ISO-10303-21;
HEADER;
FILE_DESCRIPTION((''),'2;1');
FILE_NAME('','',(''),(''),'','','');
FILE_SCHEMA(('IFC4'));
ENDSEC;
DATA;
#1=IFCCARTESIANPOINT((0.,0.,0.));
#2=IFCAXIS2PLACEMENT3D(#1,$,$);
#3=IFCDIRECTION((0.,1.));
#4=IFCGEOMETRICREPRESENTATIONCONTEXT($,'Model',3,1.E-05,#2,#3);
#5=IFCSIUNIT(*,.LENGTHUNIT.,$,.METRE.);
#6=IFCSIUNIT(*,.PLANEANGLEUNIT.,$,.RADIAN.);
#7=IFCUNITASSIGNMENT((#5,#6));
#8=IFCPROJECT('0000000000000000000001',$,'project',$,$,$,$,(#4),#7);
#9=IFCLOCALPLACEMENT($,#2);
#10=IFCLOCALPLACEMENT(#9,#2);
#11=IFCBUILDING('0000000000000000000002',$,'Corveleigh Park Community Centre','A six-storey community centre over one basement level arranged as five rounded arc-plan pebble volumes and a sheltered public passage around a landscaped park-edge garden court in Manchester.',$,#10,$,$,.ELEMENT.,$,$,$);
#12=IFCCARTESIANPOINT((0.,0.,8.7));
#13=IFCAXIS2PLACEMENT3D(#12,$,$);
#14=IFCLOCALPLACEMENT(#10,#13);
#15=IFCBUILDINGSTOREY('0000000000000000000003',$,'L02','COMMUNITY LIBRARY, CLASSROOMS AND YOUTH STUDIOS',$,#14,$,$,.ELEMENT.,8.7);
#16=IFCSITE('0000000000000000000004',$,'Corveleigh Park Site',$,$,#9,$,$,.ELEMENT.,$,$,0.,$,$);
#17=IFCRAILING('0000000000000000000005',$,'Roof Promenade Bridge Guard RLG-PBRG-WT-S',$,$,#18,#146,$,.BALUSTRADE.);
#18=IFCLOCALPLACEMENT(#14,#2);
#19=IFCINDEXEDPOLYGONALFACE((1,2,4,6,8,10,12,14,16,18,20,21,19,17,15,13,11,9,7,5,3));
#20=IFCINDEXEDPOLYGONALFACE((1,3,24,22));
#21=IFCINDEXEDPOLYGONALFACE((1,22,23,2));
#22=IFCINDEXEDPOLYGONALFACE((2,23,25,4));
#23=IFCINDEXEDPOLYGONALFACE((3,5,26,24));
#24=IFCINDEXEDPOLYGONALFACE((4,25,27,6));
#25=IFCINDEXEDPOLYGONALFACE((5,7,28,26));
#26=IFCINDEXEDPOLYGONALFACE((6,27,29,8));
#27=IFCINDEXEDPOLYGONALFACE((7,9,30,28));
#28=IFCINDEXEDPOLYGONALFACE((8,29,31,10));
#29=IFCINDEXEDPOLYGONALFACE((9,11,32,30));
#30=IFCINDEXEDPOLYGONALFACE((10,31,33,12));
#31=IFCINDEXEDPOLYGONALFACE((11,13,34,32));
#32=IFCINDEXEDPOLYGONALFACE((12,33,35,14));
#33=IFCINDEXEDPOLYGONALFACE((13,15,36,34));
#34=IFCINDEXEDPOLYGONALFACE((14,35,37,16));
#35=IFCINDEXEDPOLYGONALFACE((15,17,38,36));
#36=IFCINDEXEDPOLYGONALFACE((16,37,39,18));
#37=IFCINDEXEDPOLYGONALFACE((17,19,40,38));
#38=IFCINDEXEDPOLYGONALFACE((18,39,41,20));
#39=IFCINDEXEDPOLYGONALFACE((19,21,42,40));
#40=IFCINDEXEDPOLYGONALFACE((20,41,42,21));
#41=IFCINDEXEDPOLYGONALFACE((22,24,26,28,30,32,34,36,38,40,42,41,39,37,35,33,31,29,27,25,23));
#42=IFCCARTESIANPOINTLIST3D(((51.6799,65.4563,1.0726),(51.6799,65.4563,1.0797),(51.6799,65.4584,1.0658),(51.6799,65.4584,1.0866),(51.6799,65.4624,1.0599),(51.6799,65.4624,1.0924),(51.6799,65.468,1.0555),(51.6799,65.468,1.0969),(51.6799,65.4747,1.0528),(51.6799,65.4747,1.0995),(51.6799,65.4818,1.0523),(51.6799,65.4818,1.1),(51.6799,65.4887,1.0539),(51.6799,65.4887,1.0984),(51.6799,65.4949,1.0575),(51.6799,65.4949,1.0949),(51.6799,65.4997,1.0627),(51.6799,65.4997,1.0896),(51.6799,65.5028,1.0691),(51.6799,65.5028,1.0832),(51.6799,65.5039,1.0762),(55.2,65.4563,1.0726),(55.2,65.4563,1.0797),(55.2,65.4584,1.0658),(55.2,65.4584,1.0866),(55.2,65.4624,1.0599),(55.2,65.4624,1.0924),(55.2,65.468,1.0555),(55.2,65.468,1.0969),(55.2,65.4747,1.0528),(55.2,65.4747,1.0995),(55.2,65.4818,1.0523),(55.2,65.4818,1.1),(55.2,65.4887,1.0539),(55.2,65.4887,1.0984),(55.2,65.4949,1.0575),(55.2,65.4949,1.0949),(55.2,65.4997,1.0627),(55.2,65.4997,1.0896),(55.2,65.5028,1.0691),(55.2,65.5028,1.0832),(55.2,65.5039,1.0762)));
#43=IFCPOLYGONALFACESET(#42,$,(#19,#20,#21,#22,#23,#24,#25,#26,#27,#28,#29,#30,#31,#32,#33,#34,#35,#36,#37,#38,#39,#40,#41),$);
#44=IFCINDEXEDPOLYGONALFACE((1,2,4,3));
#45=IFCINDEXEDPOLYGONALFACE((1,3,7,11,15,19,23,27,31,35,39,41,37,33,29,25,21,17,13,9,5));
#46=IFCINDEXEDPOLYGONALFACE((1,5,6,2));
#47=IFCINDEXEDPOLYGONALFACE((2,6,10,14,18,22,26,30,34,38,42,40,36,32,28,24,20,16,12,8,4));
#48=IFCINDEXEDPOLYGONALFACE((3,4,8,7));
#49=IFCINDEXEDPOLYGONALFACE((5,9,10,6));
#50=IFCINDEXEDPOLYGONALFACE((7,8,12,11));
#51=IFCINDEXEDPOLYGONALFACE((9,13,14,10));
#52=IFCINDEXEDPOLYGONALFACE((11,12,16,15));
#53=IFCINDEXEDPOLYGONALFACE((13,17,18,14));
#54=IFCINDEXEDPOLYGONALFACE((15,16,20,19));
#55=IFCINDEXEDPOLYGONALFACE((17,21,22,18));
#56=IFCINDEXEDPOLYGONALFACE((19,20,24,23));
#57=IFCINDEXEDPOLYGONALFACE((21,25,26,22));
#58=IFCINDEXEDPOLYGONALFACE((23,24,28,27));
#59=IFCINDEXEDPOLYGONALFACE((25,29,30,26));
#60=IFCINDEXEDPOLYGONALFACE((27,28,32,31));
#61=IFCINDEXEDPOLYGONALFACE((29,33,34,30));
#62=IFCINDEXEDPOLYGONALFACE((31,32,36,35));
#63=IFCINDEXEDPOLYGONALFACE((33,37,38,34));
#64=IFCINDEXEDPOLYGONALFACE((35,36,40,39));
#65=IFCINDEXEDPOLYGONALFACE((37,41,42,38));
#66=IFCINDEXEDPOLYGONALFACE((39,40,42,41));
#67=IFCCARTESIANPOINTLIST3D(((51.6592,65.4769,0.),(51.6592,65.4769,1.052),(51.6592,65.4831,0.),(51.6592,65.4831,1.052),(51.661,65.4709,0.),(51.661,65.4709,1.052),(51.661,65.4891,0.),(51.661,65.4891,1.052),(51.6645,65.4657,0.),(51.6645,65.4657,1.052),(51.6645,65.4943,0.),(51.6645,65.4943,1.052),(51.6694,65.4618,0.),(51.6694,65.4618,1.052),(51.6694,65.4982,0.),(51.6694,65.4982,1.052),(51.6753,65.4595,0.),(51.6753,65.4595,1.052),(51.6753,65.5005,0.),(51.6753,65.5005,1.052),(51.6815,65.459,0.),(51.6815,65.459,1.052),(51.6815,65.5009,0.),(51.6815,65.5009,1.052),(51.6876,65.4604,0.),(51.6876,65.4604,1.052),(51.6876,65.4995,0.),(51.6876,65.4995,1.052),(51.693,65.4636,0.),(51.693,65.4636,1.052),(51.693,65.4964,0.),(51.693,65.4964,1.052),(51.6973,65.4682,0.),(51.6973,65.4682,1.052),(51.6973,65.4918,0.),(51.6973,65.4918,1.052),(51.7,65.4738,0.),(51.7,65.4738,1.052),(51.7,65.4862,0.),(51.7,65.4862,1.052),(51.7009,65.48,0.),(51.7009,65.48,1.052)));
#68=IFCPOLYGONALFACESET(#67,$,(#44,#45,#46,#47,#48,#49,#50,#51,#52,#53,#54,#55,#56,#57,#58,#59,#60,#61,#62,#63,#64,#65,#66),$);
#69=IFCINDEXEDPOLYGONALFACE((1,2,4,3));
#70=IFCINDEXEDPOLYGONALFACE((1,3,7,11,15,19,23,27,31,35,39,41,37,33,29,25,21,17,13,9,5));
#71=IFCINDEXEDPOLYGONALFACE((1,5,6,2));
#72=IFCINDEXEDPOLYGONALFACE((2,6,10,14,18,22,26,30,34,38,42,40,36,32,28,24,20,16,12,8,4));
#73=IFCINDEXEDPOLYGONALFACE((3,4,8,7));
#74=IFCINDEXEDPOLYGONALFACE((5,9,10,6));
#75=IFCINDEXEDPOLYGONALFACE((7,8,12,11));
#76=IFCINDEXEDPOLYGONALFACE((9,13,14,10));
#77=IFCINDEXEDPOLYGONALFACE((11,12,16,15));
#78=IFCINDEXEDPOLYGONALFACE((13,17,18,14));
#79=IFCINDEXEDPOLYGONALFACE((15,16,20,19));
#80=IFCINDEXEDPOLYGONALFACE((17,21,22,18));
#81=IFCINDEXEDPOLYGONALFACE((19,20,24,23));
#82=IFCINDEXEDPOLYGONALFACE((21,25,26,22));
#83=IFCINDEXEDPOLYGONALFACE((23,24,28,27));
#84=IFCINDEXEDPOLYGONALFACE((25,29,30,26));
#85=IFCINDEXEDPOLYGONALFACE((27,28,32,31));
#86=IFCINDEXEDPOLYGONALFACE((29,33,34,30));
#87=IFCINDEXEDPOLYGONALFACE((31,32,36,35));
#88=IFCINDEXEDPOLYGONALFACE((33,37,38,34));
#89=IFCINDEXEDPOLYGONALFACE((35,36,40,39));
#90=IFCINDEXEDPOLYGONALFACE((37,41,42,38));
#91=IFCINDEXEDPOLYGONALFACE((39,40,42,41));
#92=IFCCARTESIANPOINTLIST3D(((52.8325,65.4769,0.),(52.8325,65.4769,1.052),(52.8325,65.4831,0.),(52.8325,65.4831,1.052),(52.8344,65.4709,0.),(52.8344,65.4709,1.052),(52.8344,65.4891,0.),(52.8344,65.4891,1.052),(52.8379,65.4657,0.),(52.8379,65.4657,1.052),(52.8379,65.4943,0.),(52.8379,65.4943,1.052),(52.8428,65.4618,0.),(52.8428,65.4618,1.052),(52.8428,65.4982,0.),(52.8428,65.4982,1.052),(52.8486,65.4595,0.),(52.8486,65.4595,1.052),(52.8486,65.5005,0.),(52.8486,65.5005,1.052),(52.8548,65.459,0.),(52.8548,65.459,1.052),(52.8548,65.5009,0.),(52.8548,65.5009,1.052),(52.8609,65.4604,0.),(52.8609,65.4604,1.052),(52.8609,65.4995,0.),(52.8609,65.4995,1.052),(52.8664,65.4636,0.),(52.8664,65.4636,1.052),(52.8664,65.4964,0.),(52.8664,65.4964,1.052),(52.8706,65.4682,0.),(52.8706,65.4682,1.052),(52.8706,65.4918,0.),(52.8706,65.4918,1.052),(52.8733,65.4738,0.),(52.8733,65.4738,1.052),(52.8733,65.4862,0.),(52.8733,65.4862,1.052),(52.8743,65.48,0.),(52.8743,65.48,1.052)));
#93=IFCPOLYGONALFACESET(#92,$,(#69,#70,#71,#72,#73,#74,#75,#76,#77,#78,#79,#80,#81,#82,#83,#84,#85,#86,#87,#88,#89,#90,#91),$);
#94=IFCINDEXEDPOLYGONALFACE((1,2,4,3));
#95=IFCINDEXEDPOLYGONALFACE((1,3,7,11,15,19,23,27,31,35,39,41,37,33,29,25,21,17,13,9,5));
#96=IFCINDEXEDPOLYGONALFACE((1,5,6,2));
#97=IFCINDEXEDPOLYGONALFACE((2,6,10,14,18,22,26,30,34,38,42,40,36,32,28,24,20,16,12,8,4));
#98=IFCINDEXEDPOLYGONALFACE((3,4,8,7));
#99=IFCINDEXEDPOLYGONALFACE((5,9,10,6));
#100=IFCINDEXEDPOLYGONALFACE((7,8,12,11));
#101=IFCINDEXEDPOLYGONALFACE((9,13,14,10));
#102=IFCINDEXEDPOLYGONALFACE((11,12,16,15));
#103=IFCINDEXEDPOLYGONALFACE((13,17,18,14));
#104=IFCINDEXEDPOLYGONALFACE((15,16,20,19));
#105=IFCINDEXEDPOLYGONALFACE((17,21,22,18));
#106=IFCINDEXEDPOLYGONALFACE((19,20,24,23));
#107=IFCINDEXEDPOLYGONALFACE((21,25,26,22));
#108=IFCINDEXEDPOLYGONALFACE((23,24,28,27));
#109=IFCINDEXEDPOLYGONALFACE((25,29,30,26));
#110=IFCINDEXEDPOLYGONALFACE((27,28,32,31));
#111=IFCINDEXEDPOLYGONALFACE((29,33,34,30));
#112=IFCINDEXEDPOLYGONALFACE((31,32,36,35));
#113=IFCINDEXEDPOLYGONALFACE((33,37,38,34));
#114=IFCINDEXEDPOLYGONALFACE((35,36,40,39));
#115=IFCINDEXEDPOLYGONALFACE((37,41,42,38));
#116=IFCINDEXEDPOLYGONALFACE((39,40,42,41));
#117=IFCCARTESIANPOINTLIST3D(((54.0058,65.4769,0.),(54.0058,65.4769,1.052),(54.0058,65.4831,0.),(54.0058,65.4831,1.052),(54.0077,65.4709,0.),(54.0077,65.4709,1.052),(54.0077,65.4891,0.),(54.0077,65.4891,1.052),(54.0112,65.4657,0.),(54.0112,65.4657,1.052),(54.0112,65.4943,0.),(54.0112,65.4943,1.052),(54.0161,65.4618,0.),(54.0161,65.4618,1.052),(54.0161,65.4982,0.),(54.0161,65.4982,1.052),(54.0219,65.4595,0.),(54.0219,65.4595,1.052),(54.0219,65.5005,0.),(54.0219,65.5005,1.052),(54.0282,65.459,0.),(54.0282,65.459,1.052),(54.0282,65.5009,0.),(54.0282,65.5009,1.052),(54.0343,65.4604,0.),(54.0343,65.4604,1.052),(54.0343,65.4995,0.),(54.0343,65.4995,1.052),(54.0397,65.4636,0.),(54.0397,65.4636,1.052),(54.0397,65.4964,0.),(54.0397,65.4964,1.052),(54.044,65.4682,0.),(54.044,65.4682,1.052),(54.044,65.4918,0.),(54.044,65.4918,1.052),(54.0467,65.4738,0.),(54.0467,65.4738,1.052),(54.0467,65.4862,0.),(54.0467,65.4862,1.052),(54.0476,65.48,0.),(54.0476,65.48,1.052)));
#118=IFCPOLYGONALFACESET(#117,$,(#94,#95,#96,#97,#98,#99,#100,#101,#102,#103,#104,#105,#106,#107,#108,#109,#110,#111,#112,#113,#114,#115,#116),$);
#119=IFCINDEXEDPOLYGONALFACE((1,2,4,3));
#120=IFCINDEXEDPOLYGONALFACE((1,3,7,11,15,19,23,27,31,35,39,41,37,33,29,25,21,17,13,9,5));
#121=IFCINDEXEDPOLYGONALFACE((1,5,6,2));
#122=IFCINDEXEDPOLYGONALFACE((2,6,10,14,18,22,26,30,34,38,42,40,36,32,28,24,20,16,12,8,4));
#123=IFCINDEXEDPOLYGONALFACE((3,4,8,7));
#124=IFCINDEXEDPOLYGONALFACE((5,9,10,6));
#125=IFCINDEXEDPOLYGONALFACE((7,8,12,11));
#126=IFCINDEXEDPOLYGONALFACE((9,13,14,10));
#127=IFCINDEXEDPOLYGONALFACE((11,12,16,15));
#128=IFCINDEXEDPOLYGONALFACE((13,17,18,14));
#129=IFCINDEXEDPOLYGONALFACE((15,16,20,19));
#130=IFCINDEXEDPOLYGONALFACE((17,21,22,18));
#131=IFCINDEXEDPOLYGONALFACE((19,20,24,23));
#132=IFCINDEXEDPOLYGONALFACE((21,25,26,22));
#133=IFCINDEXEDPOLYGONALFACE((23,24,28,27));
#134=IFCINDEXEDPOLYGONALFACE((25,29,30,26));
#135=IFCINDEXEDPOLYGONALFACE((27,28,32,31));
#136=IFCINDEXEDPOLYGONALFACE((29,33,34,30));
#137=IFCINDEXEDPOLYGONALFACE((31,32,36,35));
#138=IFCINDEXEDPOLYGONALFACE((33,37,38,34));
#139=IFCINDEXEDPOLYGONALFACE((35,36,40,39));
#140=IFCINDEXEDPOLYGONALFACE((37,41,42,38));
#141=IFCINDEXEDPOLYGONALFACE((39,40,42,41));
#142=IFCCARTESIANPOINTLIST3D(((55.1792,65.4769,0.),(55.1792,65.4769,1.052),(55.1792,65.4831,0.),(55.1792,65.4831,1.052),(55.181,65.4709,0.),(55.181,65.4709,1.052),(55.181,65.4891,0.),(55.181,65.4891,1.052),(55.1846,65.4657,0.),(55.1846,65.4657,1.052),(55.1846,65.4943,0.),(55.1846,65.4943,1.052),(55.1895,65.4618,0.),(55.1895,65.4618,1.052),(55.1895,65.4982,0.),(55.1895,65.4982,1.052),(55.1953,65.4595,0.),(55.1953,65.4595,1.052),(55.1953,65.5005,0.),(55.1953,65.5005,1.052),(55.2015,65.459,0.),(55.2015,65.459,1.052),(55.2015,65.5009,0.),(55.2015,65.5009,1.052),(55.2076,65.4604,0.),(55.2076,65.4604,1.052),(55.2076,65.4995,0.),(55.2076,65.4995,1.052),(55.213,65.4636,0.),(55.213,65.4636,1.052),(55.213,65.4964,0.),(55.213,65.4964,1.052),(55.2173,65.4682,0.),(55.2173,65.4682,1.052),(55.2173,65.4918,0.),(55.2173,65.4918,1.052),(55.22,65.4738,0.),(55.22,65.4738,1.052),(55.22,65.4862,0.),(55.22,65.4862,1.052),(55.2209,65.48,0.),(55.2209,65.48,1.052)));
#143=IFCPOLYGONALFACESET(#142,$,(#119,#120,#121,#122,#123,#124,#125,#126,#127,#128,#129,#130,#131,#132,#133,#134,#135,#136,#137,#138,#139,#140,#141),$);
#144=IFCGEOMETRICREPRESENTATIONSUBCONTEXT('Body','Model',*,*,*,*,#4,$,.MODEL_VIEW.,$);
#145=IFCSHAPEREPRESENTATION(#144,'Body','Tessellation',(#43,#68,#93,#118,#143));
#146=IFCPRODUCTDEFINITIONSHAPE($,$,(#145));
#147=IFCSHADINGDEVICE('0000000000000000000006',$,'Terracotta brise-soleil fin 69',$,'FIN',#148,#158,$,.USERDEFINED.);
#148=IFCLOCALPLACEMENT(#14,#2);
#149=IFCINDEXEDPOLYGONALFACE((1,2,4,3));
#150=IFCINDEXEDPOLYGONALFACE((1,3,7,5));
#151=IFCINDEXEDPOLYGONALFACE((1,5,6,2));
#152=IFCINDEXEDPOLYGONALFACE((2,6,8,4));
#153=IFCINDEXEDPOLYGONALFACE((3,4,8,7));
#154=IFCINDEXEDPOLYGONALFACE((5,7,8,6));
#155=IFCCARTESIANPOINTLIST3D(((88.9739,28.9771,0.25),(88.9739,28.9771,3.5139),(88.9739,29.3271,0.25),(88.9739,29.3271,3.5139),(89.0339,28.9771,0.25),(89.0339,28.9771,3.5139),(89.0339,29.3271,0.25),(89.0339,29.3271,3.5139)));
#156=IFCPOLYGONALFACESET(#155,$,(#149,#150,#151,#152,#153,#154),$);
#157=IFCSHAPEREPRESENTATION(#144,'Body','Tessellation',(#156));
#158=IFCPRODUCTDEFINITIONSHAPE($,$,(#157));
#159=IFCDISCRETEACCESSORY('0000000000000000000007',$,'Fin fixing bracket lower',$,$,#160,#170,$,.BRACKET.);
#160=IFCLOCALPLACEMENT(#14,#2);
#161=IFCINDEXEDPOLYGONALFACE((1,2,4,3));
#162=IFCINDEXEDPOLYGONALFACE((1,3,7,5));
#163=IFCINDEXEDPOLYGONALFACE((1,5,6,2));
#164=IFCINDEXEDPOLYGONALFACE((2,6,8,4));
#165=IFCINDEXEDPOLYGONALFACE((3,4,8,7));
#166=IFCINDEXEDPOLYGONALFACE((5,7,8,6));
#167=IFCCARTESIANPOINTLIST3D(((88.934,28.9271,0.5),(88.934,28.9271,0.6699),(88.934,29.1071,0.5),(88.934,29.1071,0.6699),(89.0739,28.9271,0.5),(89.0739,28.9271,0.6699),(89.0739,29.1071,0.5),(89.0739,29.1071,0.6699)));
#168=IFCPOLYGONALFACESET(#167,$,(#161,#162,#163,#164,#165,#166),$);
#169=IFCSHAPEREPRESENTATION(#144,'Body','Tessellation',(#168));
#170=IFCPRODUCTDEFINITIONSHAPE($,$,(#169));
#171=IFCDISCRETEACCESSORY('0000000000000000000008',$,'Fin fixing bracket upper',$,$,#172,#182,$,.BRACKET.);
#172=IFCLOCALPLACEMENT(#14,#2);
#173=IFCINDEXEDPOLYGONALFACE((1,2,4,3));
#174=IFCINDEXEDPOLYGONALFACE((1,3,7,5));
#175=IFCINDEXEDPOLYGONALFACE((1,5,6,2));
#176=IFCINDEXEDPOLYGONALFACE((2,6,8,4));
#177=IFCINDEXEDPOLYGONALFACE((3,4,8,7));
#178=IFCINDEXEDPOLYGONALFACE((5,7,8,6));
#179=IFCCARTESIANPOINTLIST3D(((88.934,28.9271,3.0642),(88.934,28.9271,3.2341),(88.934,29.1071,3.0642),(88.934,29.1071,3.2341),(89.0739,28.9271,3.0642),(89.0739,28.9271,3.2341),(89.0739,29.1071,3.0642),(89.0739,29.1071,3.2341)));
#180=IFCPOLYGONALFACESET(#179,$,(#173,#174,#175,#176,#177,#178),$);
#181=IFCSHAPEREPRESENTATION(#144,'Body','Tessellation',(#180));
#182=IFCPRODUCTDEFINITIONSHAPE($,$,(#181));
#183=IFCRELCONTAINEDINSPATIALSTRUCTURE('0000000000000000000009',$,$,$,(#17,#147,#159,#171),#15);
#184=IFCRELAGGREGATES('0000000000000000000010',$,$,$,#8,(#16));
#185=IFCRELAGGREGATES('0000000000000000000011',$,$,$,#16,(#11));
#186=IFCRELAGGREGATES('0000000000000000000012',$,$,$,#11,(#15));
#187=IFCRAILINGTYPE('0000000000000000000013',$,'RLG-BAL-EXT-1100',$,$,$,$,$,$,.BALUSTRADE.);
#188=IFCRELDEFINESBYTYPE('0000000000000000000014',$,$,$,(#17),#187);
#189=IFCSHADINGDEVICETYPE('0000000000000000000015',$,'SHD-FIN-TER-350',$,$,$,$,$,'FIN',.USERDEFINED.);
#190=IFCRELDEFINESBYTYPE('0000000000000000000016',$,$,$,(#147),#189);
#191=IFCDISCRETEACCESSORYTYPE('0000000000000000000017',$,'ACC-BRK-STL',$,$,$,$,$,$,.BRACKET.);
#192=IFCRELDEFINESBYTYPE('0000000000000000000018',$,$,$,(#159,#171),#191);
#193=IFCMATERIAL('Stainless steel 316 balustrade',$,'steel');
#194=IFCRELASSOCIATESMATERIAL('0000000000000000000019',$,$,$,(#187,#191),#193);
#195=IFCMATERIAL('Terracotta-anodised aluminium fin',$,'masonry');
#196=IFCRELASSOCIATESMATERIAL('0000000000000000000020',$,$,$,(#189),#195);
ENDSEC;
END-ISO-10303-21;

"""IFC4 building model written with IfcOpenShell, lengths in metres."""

from ifc_helpers import new_model, si_unit, direction, frame, origin, origin_2d, place, context, subcontext, project, spatial, rectangle, circle, extrude, material, type_object, element, save


model = new_model("IFC4")

# Units and contexts
model_context = context("Model", 3, precision=1e-05, world=origin(), true_north=direction((0.0, 1.0)))
body_context = subcontext(model_context, "Body", "Model", "MODEL_VIEW")
ifc_project = project(units=[si_unit("LENGTHUNIT", "METRE"), si_unit("PLANEANGLEUNIT", "RADIAN")], contexts=[model_context])

# Site, building, storey
site_placement = place(None, origin())
site = spatial("IfcSite", under=ifc_project, at=site_placement, Name="Corveleigh Park Site", CompositionType="ELEMENT", RefElevation=0.0)
building_placement = place(site_placement, origin())
building = spatial("IfcBuilding", under=site, at=building_placement, Name="Corveleigh Park Community Centre", Description="A six-storey community centre over one basement level arranged as five rounded arc-plan pebble volumes and a sheltered public passage around a landscaped park-edge garden court in Manchester.", CompositionType="ELEMENT")
storey_placement = place(building_placement, frame((0.0, 0.0, 8.7)))
storey = spatial("IfcBuildingStorey", under=building, at=storey_placement, Name="L02", Description="COMMUNITY LIBRARY, CLASSROOMS AND YOUTH STUDIOS", CompositionType="ELEMENT", Elevation=8.7)

# Railing
ifc_material_1 = material(Name="Stainless steel 316 balustrade", Category="steel")
railing_type = type_object("IfcRailingType", Name="RLG-BAL-EXT-1100", PredefinedType="BALUSTRADE", material=ifc_material_1)
railing_1_placement = place(storey_placement, frame((51.6799, 65.48, 0.0)))
element("IfcRailing", 1, at=railing_1_placement, inside=storey, type_object=railing_type, Name="Roof Promenade Bridge Guard RLG-PBRG-WT-S", PredefinedType="BALUSTRADE", context=body_context, shape_type="SweptSolid", body=[
    extrude(circle(Radius=0.0239, at=origin_2d()), frame((0.0, 0.0, 1.0762), z_axis=(1.0, 0.0, 0.0), x_axis=(0.0, 1.0, 0.0)), (0.0, 0.0, 1.0), 3.52),
    extrude(circle(Radius=0.021, at=origin_2d()), origin(), (0.0, 0.0, 1.0), 1.052),
    extrude(circle(Radius=0.021, at=origin_2d()), frame((1.1733, 0.0, 0.0)), (0.0, 0.0, 1.0), 1.052),
    extrude(circle(Radius=0.021, at=origin_2d()), frame((2.3467, 0.0, 0.0)), (0.0, 0.0, 1.0), 1.052),
    extrude(circle(Radius=0.021, at=origin_2d()), frame((3.52, 0.0, 0.0)), (0.0, 0.0, 1.0), 1.052),
])

# Shading device
ifc_material_2 = material(Name="Terracotta-anodised aluminium fin", Category="masonry")
shading_device_type = type_object("IfcShadingDeviceType", Name="SHD-FIN-TER-350", ElementType="FIN", PredefinedType="USERDEFINED", material=ifc_material_2)
shading_device_placement = place(storey_placement, frame((89.0039, 29.1521, 0.25), z_axis=(0.0, 0.0, 1.0), x_axis=(0.0, 1.0, 0.0)))
element("IfcShadingDevice", 2, at=shading_device_placement, inside=storey, type_object=shading_device_type, Name="Terracotta brise-soleil fin 69", ObjectType="FIN", PredefinedType="USERDEFINED", context=body_context, shape_type="SweptSolid", body=[
    extrude(rectangle(XDim=0.3501, YDim=0.0601, at=origin_2d()), origin(), (0.0, 0.0, 1.0), 3.2639),
])

# Discrete accessories
discrete_accessory_type = type_object("IfcDiscreteAccessoryType", Name="ACC-BRK-STL", PredefinedType="BRACKET", material=ifc_material_1)
for number, where, z_axis, x_axis, name in (
    (3, (89.0039, 29.0171, 0.5), (0.0, 0.0, 1.0), (0.0, 1.0, 0.0), "Fin fixing bracket lower"),
    (4, (89.0039, 29.0171, 3.0642), (0.0, 0.0, 1.0), (0.0, 1.0, 0.0), "Fin fixing bracket upper"),
):
    element("IfcDiscreteAccessory", number, at=place(storey_placement, frame(where, z_axis=z_axis, x_axis=x_axis)), inside=storey, type_object=discrete_accessory_type, Name=name, PredefinedType="BRACKET", context=body_context, shape_type="SweptSolid", body=[
        extrude(rectangle(XDim=0.1799, YDim=0.1399, at=origin_2d()), origin(), (0.0, 0.0, 1.0), 0.1699),
    ])

save(model, "model.ifc")
